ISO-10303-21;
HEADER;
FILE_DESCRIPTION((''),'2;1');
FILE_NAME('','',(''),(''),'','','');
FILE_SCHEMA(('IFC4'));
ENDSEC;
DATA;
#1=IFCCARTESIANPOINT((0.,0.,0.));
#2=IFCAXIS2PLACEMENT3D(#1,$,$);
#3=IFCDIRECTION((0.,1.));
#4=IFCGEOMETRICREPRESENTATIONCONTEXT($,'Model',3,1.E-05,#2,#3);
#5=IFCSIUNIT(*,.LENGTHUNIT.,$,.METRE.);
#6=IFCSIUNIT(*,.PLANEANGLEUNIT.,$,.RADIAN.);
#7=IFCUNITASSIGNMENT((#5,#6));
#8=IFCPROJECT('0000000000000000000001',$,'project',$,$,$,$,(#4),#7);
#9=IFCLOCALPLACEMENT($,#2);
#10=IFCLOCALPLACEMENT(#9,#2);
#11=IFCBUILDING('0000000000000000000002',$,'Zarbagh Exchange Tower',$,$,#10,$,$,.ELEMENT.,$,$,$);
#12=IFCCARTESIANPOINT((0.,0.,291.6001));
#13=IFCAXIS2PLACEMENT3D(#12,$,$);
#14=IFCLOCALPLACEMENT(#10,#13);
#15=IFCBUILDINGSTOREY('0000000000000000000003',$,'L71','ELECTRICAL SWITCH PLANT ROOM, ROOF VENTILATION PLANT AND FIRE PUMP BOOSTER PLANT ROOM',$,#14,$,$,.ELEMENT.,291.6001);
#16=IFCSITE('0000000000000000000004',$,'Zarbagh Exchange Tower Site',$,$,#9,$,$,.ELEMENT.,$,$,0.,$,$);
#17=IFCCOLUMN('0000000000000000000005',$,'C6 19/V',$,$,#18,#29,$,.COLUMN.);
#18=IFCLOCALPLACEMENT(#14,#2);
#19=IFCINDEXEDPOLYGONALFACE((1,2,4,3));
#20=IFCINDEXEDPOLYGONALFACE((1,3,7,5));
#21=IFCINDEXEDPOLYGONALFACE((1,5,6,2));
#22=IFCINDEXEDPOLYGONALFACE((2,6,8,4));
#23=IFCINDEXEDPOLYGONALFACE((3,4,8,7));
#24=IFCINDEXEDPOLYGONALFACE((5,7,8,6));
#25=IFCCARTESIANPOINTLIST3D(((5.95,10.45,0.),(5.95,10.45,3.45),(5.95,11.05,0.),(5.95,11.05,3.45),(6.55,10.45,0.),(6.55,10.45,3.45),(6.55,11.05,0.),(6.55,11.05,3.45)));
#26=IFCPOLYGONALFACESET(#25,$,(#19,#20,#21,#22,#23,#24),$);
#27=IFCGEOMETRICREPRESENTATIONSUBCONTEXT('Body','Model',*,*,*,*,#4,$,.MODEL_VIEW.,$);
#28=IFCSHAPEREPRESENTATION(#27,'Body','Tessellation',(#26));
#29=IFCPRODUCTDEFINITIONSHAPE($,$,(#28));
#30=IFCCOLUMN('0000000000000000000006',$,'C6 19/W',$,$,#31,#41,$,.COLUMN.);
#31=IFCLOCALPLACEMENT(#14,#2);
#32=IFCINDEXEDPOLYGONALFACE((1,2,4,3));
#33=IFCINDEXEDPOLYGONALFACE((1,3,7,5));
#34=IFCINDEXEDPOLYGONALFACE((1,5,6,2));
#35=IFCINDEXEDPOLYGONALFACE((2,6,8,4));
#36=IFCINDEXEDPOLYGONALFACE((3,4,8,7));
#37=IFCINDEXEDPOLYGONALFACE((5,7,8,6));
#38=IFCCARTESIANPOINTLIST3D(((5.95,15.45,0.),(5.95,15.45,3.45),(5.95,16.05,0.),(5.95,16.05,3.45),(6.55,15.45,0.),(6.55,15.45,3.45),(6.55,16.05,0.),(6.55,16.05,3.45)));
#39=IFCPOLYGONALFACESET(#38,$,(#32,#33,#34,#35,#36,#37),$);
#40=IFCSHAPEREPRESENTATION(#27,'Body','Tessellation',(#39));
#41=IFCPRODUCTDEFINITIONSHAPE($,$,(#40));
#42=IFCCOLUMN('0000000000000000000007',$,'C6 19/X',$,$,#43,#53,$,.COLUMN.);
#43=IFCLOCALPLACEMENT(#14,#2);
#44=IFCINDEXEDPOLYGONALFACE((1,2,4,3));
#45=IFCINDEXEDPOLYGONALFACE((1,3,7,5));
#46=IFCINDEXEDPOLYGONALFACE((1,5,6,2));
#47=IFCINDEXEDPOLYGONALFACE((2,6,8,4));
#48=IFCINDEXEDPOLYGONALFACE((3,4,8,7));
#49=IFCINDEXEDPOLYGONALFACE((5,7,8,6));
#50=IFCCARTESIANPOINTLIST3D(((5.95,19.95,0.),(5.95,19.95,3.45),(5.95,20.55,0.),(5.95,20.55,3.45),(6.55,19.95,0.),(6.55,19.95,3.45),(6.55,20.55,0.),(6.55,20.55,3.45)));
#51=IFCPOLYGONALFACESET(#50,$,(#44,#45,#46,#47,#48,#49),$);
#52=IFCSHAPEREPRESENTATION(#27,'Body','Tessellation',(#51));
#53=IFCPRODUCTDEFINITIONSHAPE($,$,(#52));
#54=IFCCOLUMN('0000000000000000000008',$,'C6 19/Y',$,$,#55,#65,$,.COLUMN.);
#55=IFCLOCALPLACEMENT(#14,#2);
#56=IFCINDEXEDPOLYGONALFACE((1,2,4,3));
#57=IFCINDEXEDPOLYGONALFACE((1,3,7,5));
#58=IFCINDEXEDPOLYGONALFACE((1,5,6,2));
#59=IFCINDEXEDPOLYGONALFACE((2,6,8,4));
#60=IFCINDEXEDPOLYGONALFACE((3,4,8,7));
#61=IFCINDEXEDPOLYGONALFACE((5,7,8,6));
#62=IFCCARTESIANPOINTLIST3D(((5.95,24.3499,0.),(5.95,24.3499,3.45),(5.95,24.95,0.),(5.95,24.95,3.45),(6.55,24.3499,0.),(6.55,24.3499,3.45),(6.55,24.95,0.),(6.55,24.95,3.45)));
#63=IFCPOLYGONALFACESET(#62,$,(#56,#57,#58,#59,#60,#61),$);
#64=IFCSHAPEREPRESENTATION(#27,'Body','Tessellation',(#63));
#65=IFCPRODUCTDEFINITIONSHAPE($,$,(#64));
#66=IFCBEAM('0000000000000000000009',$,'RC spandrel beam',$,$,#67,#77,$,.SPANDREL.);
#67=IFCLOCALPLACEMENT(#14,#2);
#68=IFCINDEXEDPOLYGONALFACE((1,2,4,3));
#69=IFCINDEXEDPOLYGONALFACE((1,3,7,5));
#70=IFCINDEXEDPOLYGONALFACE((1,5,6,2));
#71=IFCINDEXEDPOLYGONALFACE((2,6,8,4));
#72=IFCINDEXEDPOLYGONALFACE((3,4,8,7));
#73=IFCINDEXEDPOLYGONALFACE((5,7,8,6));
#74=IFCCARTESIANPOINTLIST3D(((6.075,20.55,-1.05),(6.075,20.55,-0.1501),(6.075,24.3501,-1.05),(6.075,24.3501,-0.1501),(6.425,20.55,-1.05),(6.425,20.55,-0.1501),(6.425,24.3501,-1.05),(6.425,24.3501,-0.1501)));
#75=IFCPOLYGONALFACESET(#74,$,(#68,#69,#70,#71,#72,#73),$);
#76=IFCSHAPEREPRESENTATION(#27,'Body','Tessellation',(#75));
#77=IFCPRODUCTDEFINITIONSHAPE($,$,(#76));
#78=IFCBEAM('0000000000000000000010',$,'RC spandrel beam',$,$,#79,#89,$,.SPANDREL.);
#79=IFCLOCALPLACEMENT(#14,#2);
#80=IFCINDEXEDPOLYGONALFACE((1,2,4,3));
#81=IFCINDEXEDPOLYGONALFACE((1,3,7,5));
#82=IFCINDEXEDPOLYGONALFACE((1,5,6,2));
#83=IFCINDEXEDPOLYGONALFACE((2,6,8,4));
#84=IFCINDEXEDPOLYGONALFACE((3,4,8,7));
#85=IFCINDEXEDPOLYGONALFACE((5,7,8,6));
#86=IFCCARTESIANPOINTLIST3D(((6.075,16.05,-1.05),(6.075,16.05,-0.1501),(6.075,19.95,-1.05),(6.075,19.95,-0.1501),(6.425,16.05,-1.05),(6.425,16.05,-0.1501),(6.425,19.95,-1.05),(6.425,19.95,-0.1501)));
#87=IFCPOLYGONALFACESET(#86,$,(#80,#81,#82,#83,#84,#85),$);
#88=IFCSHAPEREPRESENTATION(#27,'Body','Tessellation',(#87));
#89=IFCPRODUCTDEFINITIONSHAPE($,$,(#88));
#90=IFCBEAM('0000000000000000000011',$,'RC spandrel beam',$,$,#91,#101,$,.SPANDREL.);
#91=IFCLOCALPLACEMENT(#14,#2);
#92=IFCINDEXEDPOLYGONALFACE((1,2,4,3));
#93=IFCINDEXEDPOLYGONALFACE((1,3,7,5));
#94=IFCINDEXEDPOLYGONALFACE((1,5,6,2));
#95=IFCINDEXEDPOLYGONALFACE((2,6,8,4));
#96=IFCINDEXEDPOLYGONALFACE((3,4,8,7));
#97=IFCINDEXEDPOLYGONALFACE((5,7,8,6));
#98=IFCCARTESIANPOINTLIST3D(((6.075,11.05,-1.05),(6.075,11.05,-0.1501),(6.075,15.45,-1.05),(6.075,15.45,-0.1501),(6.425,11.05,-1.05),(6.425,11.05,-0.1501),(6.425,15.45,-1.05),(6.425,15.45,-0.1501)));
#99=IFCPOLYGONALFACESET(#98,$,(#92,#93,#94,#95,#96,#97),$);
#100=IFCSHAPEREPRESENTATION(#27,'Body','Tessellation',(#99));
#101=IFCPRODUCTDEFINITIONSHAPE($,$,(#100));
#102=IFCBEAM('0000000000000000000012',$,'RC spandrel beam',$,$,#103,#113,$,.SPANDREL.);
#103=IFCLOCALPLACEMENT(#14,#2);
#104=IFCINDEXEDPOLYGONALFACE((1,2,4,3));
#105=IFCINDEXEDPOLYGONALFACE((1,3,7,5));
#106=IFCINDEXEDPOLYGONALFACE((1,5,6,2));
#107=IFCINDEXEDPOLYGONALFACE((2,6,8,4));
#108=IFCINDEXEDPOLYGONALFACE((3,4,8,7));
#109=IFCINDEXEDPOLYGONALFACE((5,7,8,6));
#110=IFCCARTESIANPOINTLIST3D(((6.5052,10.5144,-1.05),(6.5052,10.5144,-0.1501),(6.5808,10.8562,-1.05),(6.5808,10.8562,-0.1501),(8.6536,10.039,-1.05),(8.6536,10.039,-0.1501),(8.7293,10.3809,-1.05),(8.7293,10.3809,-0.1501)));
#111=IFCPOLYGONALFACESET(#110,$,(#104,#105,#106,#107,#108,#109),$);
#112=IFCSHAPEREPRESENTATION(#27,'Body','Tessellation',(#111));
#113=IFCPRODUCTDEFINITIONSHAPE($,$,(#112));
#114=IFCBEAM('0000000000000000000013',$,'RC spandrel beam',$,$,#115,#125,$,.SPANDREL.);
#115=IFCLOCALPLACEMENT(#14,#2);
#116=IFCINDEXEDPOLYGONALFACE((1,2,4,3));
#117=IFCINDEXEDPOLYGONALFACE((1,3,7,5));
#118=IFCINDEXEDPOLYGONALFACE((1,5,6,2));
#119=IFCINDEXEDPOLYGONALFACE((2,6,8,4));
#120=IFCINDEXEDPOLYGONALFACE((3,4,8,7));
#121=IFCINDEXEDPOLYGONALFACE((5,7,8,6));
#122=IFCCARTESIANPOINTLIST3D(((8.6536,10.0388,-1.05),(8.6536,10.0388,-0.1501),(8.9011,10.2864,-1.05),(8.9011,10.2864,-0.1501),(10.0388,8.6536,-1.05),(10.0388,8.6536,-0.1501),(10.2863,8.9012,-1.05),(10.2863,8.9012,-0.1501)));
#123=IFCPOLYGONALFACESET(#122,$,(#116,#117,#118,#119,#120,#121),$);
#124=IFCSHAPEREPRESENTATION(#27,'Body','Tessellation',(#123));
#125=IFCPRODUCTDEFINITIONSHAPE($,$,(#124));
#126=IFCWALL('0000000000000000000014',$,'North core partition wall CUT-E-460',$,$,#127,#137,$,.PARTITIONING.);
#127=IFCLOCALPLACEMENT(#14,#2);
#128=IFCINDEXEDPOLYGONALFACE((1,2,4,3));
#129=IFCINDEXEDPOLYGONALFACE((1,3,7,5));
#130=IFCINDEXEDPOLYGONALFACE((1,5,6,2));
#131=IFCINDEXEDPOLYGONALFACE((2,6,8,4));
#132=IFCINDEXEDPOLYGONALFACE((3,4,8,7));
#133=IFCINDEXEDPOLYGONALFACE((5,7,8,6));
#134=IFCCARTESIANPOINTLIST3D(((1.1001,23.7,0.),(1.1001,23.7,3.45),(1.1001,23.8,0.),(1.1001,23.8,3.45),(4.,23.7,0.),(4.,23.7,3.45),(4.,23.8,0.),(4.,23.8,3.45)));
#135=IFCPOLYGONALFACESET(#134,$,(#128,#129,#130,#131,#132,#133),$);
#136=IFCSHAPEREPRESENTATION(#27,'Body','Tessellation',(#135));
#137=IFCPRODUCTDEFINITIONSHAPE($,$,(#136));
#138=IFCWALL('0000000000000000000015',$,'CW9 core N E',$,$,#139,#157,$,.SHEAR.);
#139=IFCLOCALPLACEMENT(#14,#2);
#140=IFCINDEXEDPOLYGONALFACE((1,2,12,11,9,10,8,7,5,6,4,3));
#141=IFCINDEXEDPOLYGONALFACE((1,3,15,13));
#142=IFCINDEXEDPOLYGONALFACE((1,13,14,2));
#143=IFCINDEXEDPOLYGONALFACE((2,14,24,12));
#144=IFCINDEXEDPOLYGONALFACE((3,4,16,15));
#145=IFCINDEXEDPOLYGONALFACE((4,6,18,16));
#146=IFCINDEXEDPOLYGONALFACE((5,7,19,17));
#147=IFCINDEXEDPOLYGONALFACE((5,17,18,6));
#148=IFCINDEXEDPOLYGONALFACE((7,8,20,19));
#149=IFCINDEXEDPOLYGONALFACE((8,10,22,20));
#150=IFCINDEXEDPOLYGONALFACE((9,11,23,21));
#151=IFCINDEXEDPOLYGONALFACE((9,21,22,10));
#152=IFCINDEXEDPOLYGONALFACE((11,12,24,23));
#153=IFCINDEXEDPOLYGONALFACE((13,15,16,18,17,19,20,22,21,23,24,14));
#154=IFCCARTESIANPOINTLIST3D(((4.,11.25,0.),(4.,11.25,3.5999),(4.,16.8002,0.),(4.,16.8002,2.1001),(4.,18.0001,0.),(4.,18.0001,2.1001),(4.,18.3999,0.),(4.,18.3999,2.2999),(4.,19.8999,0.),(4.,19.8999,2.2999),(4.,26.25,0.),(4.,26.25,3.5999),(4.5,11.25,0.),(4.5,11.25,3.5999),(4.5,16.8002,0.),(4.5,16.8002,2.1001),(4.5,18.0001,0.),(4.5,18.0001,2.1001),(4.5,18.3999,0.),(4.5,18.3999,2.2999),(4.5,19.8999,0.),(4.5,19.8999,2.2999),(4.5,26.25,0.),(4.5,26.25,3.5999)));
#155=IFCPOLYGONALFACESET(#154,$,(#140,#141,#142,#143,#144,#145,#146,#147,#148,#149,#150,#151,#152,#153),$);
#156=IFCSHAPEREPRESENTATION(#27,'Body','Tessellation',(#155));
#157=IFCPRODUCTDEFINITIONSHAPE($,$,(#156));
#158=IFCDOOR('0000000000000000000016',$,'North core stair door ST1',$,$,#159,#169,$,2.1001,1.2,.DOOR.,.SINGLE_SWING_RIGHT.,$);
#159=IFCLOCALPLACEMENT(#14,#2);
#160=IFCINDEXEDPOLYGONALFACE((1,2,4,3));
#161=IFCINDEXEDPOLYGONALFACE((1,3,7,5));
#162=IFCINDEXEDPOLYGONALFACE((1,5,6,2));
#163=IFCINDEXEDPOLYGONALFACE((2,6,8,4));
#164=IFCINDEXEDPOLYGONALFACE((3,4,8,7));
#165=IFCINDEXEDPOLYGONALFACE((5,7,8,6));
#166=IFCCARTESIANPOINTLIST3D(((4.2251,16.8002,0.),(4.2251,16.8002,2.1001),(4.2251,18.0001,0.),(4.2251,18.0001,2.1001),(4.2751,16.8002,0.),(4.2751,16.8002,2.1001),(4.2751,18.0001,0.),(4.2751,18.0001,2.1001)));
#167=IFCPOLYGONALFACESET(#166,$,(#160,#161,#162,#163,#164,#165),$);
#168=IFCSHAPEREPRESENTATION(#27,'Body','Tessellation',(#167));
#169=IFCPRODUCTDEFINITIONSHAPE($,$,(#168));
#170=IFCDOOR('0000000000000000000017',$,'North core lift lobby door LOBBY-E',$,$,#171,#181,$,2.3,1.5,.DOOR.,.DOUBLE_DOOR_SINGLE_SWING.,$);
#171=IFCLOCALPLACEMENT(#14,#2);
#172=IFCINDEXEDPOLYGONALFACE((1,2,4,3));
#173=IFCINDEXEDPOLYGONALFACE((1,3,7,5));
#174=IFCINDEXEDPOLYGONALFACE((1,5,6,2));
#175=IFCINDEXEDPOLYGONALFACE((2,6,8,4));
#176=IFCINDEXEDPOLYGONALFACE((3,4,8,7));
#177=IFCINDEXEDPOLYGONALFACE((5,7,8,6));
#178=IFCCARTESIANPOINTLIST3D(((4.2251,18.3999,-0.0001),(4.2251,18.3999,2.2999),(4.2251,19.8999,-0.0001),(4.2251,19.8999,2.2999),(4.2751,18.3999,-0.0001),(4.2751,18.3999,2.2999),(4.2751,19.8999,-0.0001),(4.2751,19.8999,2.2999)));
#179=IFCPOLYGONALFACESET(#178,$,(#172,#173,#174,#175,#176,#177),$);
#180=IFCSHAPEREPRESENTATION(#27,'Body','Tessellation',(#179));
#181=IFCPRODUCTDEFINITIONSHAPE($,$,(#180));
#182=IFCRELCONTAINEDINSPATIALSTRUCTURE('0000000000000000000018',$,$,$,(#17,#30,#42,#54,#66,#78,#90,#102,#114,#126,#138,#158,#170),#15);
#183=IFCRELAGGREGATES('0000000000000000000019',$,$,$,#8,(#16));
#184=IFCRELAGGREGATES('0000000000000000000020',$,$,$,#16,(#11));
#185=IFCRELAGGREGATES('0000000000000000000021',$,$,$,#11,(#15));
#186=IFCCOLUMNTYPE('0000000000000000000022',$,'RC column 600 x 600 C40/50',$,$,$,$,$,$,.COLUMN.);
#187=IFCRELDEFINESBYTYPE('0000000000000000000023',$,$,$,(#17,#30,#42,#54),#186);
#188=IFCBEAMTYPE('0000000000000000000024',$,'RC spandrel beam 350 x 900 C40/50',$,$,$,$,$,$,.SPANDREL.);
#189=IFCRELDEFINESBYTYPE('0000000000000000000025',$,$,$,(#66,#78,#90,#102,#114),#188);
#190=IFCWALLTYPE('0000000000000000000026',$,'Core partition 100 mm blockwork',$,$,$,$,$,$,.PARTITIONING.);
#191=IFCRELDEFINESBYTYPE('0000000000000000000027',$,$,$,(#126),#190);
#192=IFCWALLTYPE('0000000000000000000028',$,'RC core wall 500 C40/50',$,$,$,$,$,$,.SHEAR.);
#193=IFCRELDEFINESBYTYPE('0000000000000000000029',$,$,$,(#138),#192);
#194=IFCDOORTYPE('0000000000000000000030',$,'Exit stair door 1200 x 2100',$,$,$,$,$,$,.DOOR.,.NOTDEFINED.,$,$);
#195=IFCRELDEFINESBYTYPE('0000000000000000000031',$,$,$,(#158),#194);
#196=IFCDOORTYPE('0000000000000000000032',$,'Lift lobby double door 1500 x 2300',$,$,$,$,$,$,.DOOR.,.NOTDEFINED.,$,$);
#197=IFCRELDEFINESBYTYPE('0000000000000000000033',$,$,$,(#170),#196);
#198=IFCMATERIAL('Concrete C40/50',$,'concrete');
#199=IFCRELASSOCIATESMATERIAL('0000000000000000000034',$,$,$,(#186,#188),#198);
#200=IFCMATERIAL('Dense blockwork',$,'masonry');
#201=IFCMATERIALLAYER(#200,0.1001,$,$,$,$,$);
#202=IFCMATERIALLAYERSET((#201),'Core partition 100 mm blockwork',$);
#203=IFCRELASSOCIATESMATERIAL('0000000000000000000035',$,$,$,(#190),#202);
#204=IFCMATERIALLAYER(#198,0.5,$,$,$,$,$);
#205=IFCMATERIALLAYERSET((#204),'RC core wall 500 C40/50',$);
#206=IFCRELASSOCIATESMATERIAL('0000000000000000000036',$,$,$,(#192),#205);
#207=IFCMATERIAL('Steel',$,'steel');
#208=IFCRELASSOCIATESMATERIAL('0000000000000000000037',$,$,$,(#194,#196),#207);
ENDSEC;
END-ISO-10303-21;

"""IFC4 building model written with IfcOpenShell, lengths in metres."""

from ifc_helpers import new_model, si_unit, direction, frame, frame_2d, origin, origin_2d, place, context, subcontext, project, spatial, rectangle, extrude, material, layer, layer_set, material_profile, profile_set, type_object, element, fill, save


model = new_model("IFC4")

# Units and contexts
model_context = context("Model", 3, precision=1e-05, world=origin(), true_north=direction((0.0, 1.0)))
body_context = subcontext(model_context, "Body", "Model", "MODEL_VIEW")
ifc_project = project(units=[si_unit("LENGTHUNIT", "METRE"), si_unit("PLANEANGLEUNIT", "RADIAN")], contexts=[model_context])

# Site, building, storey
site_placement = place(None, origin())
site = spatial("IfcSite", under=ifc_project, at=site_placement, Name="Zarbagh Exchange Tower Site", CompositionType="ELEMENT", RefElevation=0.0)
building_placement = place(site_placement, origin())
building = spatial("IfcBuilding", under=site, at=building_placement, Name="Zarbagh Exchange Tower", CompositionType="ELEMENT")
storey_placement = place(building_placement, frame((0.0, 0.0, 291.6001)))
storey = spatial("IfcBuildingStorey", under=building, at=storey_placement, Name="L71", Description="ELECTRICAL SWITCH PLANT ROOM, ROOF VENTILATION PLANT AND FIRE PUMP BOOSTER PLANT ROOM", CompositionType="ELEMENT", Elevation=291.6001)

# Columns
ifc_material_1 = material(Name="Concrete C40/50", Category="concrete")
ifc_material_profile_1 = material_profile(ifc_material_1, rectangle(XDim=0.6001, YDim=0.6001, at=origin_2d()), Name="RC column 600 x 600 C40/50")
ifc_profile_set_1 = profile_set([ifc_material_profile_1], Name="Concrete C40/50")
column_type = type_object("IfcColumnType", Name="RC column 600 x 600 C40/50", PredefinedType="COLUMN", material=ifc_profile_set_1)
for number, where, z_axis, x_axis, name in (
    (1, (6.25, 10.75, 0.0), (0.0, 0.0, 1.0), (1.0, 0.0, 0.0), "C6 19/V"),
    (2, (6.25, 15.75, 0.0), (0.0, 0.0, 1.0), (1.0, 0.0, 0.0), "C6 19/W"),
    (3, (6.25, 20.25, 0.0), (0.0, 0.0, 1.0), (1.0, 0.0, 0.0), "C6 19/X"),
    (4, (6.25, 24.6499, 0.0), (0.0, 0.0, 1.0), (1.0, 0.0, 0.0), "C6 19/Y"),
):
    element("IfcColumn", number, at=place(storey_placement, frame(where, z_axis=z_axis, x_axis=x_axis)), inside=storey, type_object=column_type, Name=name, PredefinedType="COLUMN", context=body_context, shape_type="SweptSolid", body=[
        extrude(rectangle(XDim=0.6001, YDim=0.6001, at=origin_2d()), origin(), (0.0, 0.0, 1.0), 3.45),
    ])

# Beams
ifc_material_profile_2 = material_profile(ifc_material_1, rectangle(XDim=0.3501, YDim=0.8999, at=origin_2d()), Name="RC spandrel beam 350 x 900 C40/50")
ifc_profile_set_2 = profile_set([ifc_material_profile_2], Name="Concrete C40/50")
beam_type = type_object("IfcBeamType", Name="RC spandrel beam 350 x 900 C40/50", PredefinedType="SPANDREL", material=ifc_profile_set_2)
beam_1_placement = place(storey_placement, frame((6.25, 24.3501, -0.6001), z_axis=(0.0, -1.0, 0.0), x_axis=(1.0, 0.0, 0.0)))
element("IfcBeam", 5, at=beam_1_placement, inside=storey, type_object=beam_type, Name="RC spandrel beam", PredefinedType="SPANDREL", context=body_context, shape_type="SweptSolid", body=[
    extrude(rectangle(XDim=0.3501, YDim=0.8999, at=origin_2d()), origin(), (0.0, 0.0, 1.0), 3.8),
])
beam_2_placement = place(storey_placement, frame((6.25, 19.95, -0.6001), z_axis=(0.0, -1.0, 0.0), x_axis=(1.0, 0.0, 0.0)))
element("IfcBeam", 6, at=beam_2_placement, inside=storey, type_object=beam_type, Name="RC spandrel beam", PredefinedType="SPANDREL", context=body_context, shape_type="SweptSolid", body=[
    extrude(rectangle(XDim=0.3501, YDim=0.8999, at=origin_2d()), origin(), (0.0, 0.0, 1.0), 3.8999),
])
beam_3_placement = place(storey_placement, frame((6.25, 15.45, -0.6001), z_axis=(0.0, -1.0, 0.0), x_axis=(1.0, 0.0, 0.0)))
element("IfcBeam", 7, at=beam_3_placement, inside=storey, type_object=beam_type, Name="RC spandrel beam", PredefinedType="SPANDREL", context=body_context, shape_type="SweptSolid", body=[
    extrude(rectangle(XDim=0.3501, YDim=0.8999, at=origin_2d()), origin(), (0.0, 0.0, 1.0), 4.3999),
])
beam_4_placement = place(storey_placement, frame((6.543, 10.6853, -0.6001), z_axis=(0.976388, -0.216026, 0.0), x_axis=(0.216026, 0.976388, 0.0)))
element("IfcBeam", 8, at=beam_4_placement, inside=storey, type_object=beam_type, Name="RC spandrel beam", PredefinedType="SPANDREL", context=body_context, shape_type="SweptSolid", body=[
    extrude(rectangle(XDim=0.3501, YDim=0.8999, at=origin_2d()), origin(), (0.0, 0.0, 1.0), 2.2004),
])
beam_5_placement = place(storey_placement, frame((8.7773, 10.1626, -0.6001), z_axis=(0.707107, -0.707107, 0.0), x_axis=(0.707107, 0.707107, 0.0)))
element("IfcBeam", 9, at=beam_5_placement, inside=storey, type_object=beam_type, Name="RC spandrel beam", PredefinedType="SPANDREL", context=body_context, shape_type="SweptSolid", body=[
    extrude(rectangle(XDim=0.3501, YDim=0.8999, at=origin_2d()), origin(), (0.0, 0.0, 1.0), 1.959),
])

# Wall
ifc_material_2 = material(Name="Dense blockwork", Category="masonry")
ifc_layer_1 = layer(ifc_material_2, 0.1001)
ifc_layer_set_1 = layer_set([ifc_layer_1], Name="Core partition 100 mm blockwork")
wall_type_1 = type_object("IfcWallType", Name="Core partition 100 mm blockwork", PredefinedType="PARTITIONING", material=ifc_layer_set_1)
wall_1_placement = place(storey_placement, frame((1.1001, 23.75, 0.0), z_axis=(0.0, 0.0, 1.0), x_axis=(1.0, 0.0, 0.0)))
element("IfcWall", 10, at=wall_1_placement, inside=storey, type_object=wall_type_1, Name="North core partition wall CUT-E-460", PredefinedType="PARTITIONING", context=body_context, shape_type="SweptSolid", body=[
    extrude(rectangle(XDim=2.8999, YDim=0.1001, at=frame_2d((1.45, 0.0))), origin(), (0.0, 0.0, 1.0), 3.45),
])

# Wall, openings, doors
ifc_layer_2 = layer(ifc_material_1, 0.5)
ifc_layer_set_2 = layer_set([ifc_layer_2], Name="RC core wall 500 C40/50")
wall_type_2 = type_object("IfcWallType", Name="RC core wall 500 C40/50", PredefinedType="SHEAR", material=ifc_layer_set_2)
wall_2_placement = place(storey_placement, frame((4.25, 11.25, 0.0), z_axis=(0.0, 0.0, 1.0), x_axis=(0.0, 1.0, 0.0)))
wall_2 = element("IfcWall", 11, at=wall_2_placement, inside=storey, type_object=wall_type_2, Name="CW9 core N E", PredefinedType="SHEAR", context=body_context, shape_type="SweptSolid", body=[
    extrude(rectangle(XDim=15.0, YDim=0.5, at=frame_2d((7.5, 0.0))), origin(), (0.0, 0.0, 1.0), 3.5999),
])
opening_1_placement = place(wall_2_placement, frame((7.1499, 0.0, 0.0)))
opening_1 = element("IfcOpeningElement", 12, at=opening_1_placement, cuts=wall_2, PredefinedType="OPENING", context=body_context, shape_type="SweptSolid", body=[
    extrude(rectangle(XDim=1.5, YDim=2.3, at=frame_2d((0.75, 1.1499))), frame((0.0, 0.26, 0.0), z_axis=(0.0, -1.0, 0.0), x_axis=(1.0, 0.0, 0.0)), (0.0, 0.0, 1.0), 0.52),
])
opening_2_placement = place(wall_2_placement, frame((5.55, 0.0, 0.0)))
opening_2 = element("IfcOpeningElement", 13, at=opening_2_placement, cuts=wall_2, PredefinedType="OPENING", context=body_context, shape_type="SweptSolid", body=[
    extrude(rectangle(XDim=1.2, YDim=2.1001, at=frame_2d((0.6001, 1.05))), frame((0.0, 0.26, 0.0), z_axis=(0.0, -1.0, 0.0), x_axis=(1.0, 0.0, 0.0)), (0.0, 0.0, 1.0), 0.52),
])
ifc_material_3 = material(Name="Steel", Category="steel")
door_type_1 = type_object("IfcDoorType", Name="Exit stair door 1200 x 2100", OperationType="NOTDEFINED", PredefinedType="DOOR", material=ifc_material_3)
door_1_placement = place(opening_2_placement, origin())
door_1 = element("IfcDoor", 14, at=door_1_placement, inside=storey, type_object=door_type_1, Name="North core stair door ST1", OperationType="SINGLE_SWING_RIGHT", OverallHeight=2.1001, OverallWidth=1.2, PredefinedType="DOOR", context=body_context, shape_type="SweptSolid", body=[
    extrude(rectangle(XDim=1.2, YDim=2.1001, at=frame_2d((0.6001, 1.05))), frame((0.0, 0.0249, 0.0), z_axis=(0.0, -1.0, 0.0), x_axis=(1.0, 0.0, 0.0)), (0.0, 0.0, 1.0), 0.05),
])
fill(opening_2, door_1)
door_type_2 = type_object("IfcDoorType", Name="Lift lobby double door 1500 x 2300", OperationType="NOTDEFINED", PredefinedType="DOOR", material=ifc_material_3)
door_2_placement = place(opening_1_placement, origin())
door_2 = element("IfcDoor", 15, at=door_2_placement, inside=storey, type_object=door_type_2, Name="North core lift lobby door LOBBY-E", OperationType="DOUBLE_DOOR_SINGLE_SWING", OverallHeight=2.3, OverallWidth=1.5, PredefinedType="DOOR", context=body_context, shape_type="SweptSolid", body=[
    extrude(rectangle(XDim=1.5, YDim=2.3, at=frame_2d((0.75, 1.1499))), frame((0.0, 0.0249, 0.0), z_axis=(0.0, -1.0, 0.0), x_axis=(1.0, 0.0, 0.0)), (0.0, 0.0, 1.0), 0.05),
])
fill(opening_1, door_2)

save(model, "model.ifc")
